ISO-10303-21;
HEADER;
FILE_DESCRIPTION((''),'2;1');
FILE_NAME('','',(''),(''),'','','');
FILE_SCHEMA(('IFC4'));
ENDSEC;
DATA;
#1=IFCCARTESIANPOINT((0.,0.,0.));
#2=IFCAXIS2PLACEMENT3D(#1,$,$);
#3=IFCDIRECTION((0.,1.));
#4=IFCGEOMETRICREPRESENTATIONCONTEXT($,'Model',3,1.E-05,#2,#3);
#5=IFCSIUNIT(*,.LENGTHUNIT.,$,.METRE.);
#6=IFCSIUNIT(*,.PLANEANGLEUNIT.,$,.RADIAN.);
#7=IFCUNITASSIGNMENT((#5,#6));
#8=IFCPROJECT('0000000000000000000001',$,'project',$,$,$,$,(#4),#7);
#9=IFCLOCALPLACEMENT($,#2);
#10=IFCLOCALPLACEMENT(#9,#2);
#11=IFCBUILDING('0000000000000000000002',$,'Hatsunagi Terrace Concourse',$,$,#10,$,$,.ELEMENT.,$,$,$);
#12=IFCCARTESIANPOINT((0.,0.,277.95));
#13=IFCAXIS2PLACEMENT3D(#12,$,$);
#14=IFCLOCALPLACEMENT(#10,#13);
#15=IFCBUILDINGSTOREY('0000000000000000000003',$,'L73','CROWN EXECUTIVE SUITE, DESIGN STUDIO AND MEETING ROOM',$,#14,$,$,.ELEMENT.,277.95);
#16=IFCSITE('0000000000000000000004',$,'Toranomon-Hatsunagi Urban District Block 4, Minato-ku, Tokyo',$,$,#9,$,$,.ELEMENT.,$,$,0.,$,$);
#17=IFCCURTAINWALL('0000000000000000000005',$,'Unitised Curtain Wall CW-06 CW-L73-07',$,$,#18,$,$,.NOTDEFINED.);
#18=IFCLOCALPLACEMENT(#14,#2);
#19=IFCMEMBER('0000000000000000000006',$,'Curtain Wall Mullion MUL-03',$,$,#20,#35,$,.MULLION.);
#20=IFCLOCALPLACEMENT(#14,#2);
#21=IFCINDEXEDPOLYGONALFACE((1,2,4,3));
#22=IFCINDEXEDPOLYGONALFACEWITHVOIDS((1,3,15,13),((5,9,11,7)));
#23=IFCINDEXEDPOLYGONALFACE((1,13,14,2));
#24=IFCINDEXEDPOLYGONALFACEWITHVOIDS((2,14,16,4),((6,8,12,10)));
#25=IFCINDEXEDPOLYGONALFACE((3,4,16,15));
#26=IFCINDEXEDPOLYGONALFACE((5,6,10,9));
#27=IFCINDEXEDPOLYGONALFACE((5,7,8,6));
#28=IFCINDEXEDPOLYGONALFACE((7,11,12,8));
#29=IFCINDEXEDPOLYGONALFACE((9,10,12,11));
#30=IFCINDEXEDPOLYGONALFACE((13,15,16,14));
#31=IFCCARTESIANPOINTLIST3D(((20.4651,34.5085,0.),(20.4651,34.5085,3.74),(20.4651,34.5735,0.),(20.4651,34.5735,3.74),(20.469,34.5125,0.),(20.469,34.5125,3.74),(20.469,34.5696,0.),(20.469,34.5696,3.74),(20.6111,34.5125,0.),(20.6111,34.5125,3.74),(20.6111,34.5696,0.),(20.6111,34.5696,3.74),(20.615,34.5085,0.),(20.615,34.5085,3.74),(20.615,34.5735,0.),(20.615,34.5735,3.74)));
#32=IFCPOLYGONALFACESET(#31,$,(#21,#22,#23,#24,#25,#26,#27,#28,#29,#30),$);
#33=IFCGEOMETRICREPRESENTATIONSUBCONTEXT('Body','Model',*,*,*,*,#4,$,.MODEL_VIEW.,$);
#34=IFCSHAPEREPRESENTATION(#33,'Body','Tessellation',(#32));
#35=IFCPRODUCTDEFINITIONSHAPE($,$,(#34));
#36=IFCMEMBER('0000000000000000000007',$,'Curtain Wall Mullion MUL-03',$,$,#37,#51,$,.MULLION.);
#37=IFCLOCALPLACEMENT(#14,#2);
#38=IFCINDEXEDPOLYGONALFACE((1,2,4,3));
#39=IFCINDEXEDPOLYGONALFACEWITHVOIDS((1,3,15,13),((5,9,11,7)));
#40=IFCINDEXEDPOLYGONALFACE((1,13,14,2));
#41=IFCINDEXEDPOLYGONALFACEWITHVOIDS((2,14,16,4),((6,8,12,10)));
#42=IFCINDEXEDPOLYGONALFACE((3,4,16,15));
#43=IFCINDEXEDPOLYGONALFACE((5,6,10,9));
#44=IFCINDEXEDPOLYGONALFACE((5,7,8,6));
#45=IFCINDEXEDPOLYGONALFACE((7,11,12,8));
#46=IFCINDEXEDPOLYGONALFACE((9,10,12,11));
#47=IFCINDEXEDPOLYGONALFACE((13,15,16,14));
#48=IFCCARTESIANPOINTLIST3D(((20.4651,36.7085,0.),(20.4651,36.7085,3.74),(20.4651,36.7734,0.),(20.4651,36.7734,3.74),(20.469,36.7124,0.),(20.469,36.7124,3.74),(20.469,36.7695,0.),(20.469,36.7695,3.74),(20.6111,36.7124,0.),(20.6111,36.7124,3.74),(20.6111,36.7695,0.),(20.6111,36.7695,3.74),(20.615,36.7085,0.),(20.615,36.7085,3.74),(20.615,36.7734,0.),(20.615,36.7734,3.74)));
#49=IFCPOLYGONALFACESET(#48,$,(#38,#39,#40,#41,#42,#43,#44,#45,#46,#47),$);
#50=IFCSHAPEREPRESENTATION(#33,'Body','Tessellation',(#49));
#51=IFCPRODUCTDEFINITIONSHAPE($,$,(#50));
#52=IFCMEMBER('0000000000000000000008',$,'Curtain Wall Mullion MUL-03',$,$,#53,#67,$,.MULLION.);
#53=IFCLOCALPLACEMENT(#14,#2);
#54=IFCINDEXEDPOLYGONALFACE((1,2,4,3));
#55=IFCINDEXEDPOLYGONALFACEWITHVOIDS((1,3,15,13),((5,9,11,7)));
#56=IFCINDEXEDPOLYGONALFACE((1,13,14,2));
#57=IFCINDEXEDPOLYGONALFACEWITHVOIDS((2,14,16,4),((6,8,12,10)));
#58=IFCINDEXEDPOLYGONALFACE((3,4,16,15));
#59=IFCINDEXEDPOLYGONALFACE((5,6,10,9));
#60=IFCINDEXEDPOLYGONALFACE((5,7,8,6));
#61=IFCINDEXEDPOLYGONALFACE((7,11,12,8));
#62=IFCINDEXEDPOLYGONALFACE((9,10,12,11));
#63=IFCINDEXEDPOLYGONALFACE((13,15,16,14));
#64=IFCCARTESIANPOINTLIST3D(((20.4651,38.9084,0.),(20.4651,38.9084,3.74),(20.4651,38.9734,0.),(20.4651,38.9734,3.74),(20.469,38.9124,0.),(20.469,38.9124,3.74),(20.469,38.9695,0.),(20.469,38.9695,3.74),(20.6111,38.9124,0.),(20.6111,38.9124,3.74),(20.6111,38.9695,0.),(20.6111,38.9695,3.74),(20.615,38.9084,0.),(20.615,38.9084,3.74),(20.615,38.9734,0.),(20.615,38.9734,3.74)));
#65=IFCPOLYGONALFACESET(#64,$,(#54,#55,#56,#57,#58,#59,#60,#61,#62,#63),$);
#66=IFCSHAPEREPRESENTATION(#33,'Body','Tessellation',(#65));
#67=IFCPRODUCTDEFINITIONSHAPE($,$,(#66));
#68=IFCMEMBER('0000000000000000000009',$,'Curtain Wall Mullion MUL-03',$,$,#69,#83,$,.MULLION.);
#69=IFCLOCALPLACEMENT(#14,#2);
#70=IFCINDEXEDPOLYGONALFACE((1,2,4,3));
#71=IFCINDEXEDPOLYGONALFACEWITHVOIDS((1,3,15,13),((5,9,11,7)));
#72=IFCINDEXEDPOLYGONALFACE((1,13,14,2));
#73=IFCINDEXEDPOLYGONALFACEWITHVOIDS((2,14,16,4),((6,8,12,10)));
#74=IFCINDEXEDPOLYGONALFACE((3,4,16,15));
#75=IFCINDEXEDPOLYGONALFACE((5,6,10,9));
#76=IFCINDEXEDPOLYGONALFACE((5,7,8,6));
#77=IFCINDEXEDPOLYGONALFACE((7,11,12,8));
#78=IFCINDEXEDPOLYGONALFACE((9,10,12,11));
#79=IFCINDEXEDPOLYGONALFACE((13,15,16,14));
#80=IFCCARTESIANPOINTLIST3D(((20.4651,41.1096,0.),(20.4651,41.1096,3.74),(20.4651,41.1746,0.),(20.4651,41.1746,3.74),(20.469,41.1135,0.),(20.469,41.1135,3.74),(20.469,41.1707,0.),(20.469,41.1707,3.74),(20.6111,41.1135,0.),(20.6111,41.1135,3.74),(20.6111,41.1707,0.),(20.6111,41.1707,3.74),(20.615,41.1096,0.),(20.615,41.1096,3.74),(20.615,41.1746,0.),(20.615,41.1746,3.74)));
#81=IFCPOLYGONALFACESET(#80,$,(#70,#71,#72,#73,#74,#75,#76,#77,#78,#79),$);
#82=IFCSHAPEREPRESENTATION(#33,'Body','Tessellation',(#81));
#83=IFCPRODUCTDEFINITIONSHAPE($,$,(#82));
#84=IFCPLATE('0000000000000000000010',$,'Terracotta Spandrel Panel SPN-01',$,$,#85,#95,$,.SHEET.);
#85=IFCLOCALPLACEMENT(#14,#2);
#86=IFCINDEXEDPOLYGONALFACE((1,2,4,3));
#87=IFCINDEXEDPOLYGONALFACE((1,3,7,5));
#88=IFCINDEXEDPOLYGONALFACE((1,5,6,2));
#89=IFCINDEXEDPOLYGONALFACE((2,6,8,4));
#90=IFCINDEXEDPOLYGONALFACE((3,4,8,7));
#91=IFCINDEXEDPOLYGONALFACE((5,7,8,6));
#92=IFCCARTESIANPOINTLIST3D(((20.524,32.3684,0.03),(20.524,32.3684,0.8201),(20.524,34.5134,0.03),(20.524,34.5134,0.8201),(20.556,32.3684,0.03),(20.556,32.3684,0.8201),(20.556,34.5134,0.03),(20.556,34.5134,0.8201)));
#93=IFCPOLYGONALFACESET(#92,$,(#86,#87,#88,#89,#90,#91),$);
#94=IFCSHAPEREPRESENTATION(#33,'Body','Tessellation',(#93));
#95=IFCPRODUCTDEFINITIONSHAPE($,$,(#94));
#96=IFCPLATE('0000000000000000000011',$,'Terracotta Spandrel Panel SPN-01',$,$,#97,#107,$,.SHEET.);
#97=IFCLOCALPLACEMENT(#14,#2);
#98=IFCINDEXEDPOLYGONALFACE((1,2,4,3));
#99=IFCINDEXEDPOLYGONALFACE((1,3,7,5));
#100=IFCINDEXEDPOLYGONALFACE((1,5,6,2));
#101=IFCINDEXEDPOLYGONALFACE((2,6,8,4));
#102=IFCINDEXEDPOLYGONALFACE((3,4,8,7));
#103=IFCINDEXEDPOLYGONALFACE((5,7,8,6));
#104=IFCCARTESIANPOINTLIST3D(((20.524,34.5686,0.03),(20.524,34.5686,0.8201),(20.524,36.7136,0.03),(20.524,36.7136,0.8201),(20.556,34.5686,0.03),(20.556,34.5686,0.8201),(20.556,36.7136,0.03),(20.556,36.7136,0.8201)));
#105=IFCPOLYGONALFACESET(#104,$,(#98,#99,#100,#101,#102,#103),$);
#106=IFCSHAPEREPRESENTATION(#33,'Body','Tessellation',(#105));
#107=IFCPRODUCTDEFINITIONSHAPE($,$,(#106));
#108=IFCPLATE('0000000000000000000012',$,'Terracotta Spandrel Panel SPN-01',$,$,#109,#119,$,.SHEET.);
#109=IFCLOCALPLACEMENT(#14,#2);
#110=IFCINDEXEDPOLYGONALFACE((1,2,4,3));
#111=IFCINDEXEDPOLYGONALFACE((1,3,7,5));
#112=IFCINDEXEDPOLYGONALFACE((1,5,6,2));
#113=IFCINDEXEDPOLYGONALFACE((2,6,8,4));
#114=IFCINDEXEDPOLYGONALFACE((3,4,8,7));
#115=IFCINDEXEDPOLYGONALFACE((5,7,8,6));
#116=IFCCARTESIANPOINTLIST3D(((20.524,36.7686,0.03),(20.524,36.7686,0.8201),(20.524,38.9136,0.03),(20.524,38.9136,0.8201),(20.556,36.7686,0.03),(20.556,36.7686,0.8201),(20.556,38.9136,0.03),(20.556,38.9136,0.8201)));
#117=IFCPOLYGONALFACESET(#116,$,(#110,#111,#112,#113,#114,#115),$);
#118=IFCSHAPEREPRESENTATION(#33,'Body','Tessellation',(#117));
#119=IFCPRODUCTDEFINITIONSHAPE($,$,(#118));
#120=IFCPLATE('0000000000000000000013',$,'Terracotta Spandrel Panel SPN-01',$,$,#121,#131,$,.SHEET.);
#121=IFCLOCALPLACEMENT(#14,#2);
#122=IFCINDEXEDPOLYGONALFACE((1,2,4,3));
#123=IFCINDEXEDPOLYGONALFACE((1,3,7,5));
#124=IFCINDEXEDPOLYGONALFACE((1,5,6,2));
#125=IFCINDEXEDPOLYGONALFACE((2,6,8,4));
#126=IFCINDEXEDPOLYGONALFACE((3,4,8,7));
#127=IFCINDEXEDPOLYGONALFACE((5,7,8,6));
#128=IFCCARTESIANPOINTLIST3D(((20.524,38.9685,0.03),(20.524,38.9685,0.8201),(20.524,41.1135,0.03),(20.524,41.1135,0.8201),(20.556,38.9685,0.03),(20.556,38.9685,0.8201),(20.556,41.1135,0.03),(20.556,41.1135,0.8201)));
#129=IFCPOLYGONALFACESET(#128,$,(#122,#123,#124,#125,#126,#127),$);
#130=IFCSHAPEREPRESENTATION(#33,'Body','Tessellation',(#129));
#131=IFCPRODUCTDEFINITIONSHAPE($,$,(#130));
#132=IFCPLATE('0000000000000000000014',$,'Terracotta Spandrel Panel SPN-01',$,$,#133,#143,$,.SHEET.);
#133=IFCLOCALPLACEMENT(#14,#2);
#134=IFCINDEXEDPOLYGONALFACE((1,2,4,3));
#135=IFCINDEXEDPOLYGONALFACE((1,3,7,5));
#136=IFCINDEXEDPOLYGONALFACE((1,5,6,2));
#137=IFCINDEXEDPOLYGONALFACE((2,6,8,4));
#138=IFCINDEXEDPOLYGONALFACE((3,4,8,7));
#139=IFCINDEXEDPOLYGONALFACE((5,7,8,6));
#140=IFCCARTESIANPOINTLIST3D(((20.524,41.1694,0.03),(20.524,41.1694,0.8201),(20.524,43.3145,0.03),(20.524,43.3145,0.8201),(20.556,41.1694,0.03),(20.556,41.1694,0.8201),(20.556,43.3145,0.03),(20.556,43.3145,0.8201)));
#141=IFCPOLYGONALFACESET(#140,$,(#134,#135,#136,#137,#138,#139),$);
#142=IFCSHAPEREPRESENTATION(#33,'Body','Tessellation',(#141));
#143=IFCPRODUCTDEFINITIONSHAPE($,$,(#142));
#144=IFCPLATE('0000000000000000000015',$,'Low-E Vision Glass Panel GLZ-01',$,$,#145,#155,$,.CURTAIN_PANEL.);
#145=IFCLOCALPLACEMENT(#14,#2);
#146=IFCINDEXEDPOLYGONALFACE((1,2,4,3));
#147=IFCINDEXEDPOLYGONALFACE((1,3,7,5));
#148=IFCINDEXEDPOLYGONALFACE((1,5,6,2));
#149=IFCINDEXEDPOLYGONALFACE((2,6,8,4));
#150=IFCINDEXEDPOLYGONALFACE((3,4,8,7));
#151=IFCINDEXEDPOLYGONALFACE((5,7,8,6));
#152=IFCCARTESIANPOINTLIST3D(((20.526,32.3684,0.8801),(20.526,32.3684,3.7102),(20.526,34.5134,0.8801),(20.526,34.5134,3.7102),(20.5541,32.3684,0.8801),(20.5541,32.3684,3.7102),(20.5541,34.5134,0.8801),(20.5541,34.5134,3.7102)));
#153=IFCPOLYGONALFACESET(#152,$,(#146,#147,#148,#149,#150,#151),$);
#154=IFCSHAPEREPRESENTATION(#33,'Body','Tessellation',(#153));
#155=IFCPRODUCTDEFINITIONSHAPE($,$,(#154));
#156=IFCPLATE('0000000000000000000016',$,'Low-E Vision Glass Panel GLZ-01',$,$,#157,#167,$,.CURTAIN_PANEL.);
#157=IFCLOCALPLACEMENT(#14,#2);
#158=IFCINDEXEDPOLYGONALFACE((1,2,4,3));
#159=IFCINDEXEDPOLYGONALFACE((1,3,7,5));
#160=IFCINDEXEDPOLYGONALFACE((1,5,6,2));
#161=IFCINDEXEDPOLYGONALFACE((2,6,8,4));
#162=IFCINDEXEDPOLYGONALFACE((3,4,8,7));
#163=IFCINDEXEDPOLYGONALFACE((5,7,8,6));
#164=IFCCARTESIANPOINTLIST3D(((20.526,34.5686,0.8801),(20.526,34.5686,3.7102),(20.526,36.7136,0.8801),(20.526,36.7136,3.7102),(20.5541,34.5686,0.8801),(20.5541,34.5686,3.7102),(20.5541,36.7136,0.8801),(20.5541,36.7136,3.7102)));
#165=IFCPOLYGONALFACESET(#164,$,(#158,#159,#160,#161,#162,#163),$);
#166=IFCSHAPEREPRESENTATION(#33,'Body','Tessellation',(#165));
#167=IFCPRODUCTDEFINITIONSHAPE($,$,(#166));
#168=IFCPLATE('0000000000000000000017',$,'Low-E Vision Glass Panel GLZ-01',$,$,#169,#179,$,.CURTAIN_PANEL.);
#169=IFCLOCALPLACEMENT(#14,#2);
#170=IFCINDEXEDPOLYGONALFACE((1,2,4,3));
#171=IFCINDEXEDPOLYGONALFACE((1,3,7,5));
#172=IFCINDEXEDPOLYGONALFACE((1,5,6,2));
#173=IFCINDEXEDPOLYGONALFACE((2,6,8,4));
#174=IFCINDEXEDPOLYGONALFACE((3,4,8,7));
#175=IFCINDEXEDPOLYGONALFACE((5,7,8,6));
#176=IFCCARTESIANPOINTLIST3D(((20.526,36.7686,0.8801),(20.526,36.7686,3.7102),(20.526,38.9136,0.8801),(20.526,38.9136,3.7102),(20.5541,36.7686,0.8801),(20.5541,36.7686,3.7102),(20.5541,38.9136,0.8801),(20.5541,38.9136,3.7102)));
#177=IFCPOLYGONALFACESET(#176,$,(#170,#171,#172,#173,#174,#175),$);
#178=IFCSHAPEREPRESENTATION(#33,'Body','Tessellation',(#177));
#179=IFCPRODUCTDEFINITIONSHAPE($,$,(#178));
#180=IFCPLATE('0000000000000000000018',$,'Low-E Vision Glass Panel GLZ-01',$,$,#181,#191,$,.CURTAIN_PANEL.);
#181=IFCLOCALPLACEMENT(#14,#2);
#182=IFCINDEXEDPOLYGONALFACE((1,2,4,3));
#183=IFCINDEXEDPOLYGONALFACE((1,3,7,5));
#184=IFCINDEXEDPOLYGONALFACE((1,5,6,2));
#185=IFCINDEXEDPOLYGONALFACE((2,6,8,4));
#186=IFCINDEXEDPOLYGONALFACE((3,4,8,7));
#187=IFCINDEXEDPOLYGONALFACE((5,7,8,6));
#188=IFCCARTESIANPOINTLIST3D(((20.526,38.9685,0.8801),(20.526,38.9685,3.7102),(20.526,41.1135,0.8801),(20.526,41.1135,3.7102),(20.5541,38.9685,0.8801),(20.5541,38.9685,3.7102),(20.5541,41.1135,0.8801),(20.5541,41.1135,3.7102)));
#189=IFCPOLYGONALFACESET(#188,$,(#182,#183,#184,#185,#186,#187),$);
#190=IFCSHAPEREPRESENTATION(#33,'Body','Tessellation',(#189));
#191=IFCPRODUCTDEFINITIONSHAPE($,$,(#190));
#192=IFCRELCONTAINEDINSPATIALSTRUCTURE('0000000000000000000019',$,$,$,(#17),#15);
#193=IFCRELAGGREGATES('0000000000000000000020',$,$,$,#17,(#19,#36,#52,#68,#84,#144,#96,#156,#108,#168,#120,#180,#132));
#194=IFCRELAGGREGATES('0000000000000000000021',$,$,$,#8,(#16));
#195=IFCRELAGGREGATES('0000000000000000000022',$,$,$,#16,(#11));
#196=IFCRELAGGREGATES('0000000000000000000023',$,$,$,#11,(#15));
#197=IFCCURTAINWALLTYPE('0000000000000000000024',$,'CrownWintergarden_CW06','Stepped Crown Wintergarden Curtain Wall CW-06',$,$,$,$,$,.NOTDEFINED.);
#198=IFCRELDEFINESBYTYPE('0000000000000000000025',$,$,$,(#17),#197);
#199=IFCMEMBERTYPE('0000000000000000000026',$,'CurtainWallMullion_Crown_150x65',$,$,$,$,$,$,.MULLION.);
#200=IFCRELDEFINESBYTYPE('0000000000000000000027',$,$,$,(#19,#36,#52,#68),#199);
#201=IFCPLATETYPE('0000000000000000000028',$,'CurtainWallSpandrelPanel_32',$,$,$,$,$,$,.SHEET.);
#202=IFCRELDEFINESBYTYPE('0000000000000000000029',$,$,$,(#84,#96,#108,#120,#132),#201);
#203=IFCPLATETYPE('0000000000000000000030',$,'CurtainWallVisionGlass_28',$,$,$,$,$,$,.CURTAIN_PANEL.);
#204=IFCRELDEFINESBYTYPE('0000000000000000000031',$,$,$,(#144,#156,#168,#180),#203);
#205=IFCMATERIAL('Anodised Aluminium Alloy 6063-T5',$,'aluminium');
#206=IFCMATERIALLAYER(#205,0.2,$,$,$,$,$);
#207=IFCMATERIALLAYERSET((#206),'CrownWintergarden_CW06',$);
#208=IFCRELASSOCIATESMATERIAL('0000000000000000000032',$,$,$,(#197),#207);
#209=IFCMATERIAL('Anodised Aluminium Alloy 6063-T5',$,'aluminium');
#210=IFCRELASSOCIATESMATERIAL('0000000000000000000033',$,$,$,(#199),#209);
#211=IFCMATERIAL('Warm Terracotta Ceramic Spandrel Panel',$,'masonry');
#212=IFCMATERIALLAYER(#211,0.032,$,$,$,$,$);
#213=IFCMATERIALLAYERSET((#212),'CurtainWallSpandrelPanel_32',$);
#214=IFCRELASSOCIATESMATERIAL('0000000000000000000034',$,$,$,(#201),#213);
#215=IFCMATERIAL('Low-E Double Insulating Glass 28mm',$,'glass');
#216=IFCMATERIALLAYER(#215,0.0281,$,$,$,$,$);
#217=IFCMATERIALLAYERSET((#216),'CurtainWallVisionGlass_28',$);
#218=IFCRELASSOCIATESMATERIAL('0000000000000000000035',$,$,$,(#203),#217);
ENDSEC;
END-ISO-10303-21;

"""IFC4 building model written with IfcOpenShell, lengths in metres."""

from ifc_helpers import new_model, si_unit, direction, frame, origin, origin_2d, place, context, subcontext, project, spatial, rectangle, hollow_rectangle, extrude, material, layer, layer_set, material_profile, profile_set, type_object, element, aggregate, save


model = new_model("IFC4")

# Units and contexts
model_context = context("Model", 3, precision=1e-05, world=origin(), true_north=direction((0.0, 1.0)))
body_context = subcontext(model_context, "Body", "Model", "MODEL_VIEW")
ifc_project = project(units=[si_unit("LENGTHUNIT", "METRE"), si_unit("PLANEANGLEUNIT", "RADIAN")], contexts=[model_context])

# Site, building, storey
site_placement = place(None, origin())
site = spatial("IfcSite", under=ifc_project, at=site_placement, Name="Toranomon-Hatsunagi Urban District Block 4, Minato-ku, Tokyo", CompositionType="ELEMENT", RefElevation=0.0)
building_placement = place(site_placement, origin())
building = spatial("IfcBuilding", under=site, at=building_placement, Name="Hatsunagi Terrace Concourse", CompositionType="ELEMENT")
storey_placement = place(building_placement, frame((0.0, 0.0, 277.95)))
storey = spatial("IfcBuildingStorey", under=building, at=storey_placement, Name="L73", Description="CROWN EXECUTIVE SUITE, DESIGN STUDIO AND MEETING ROOM", CompositionType="ELEMENT", Elevation=277.95)

# Curtain wall, members, plates
ifc_material_1 = material(Name="Anodised Aluminium Alloy 6063-T5", Category="aluminium")
ifc_layer_1 = layer(ifc_material_1, 0.2)
ifc_layer_set_1 = layer_set([ifc_layer_1], Name="CrownWintergarden_CW06")
curtain_wall_type = type_object("IfcCurtainWallType", Name="CrownWintergarden_CW06", Description="Stepped Crown Wintergarden Curtain Wall CW-06", PredefinedType="NOTDEFINED", material=ifc_layer_set_1)
curtain_wall_placement = place(storey_placement, origin())
curtain_wall = element("IfcCurtainWall", 1, at=curtain_wall_placement, inside=storey, type_object=curtain_wall_type, Name="Unitised Curtain Wall CW-06 CW-L73-07", PredefinedType="NOTDEFINED")
ifc_material_2 = material(Name="Anodised Aluminium Alloy 6063-T5", Category="aluminium")
ifc_material_profile = material_profile(ifc_material_2, hollow_rectangle(XDim=0.0649, YDim=0.1499, WallThickness=0.0039, at=origin_2d()), Name="ALU-MUL-150x65x4")
ifc_profile_set = profile_set([ifc_material_profile], Name="Anodised Aluminium Alloy 6063-T5")
member_type = type_object("IfcMemberType", Name="CurtainWallMullion_Crown_150x65", PredefinedType="MULLION", material=ifc_profile_set)
member_1_placement = place(storey_placement, frame((20.54, 34.541, 0.0), z_axis=(0.0, 0.0, 1.0), x_axis=(0.0, 1.0, 0.0)))
member_1 = element("IfcMember", 2, at=member_1_placement, type_object=member_type, Name="Curtain Wall Mullion MUL-03", PredefinedType="MULLION", context=body_context, shape_type="SweptSolid", body=[
    extrude(hollow_rectangle(XDim=0.0649, YDim=0.1499, WallThickness=0.0039, at=origin_2d()), origin(), (0.0, 0.0, 1.0), 3.74),
])
member_2_placement = place(storey_placement, frame((20.54, 36.741, 0.0), z_axis=(0.0, 0.0, 1.0), x_axis=(0.0, 1.0, 0.0)))
member_2 = element("IfcMember", 3, at=member_2_placement, type_object=member_type, Name="Curtain Wall Mullion MUL-03", PredefinedType="MULLION", context=body_context, shape_type="SweptSolid", body=[
    extrude(hollow_rectangle(XDim=0.0649, YDim=0.1499, WallThickness=0.0039, at=origin_2d()), origin(), (0.0, 0.0, 1.0), 3.74),
])
member_3_placement = place(storey_placement, frame((20.54, 38.9409, 0.0), z_axis=(0.0, 0.0, 1.0), x_axis=(0.0, 1.0, 0.0)))
member_3 = element("IfcMember", 4, at=member_3_placement, type_object=member_type, Name="Curtain Wall Mullion MUL-03", PredefinedType="MULLION", context=body_context, shape_type="SweptSolid", body=[
    extrude(hollow_rectangle(XDim=0.0649, YDim=0.1499, WallThickness=0.0039, at=origin_2d()), origin(), (0.0, 0.0, 1.0), 3.74),
])
member_4_placement = place(storey_placement, frame((20.54, 41.1421, 0.0), z_axis=(0.0, 0.0, 1.0), x_axis=(0.0, 1.0, 0.0)))
member_4 = element("IfcMember", 5, at=member_4_placement, type_object=member_type, Name="Curtain Wall Mullion MUL-03", PredefinedType="MULLION", context=body_context, shape_type="SweptSolid", body=[
    extrude(hollow_rectangle(XDim=0.0649, YDim=0.1499, WallThickness=0.0039, at=origin_2d()), origin(), (0.0, 0.0, 1.0), 3.74),
])
ifc_material_3 = material(Name="Warm Terracotta Ceramic Spandrel Panel", Category="masonry")
ifc_layer_2 = layer(ifc_material_3, 0.032)
ifc_layer_set_2 = layer_set([ifc_layer_2], Name="CurtainWallSpandrelPanel_32")
plate_type_1 = type_object("IfcPlateType", Name="CurtainWallSpandrelPanel_32", PredefinedType="SHEET", material=ifc_layer_set_2)
plate_1_placement = place(storey_placement, frame((20.54, 33.4409, 0.03), z_axis=(0.0, 0.0, 1.0), x_axis=(0.0, 1.0, 0.0)))
plate_1 = element("IfcPlate", 6, at=plate_1_placement, type_object=plate_type_1, Name="Terracotta Spandrel Panel SPN-01", PredefinedType="SHEET", context=body_context, shape_type="SweptSolid", body=[
    extrude(rectangle(XDim=2.145, YDim=0.032, at=origin_2d()), origin(), (0.0, 0.0, 1.0), 0.79),
])
plate_2_placement = place(storey_placement, frame((20.54, 35.6411, 0.03), z_axis=(0.0, 0.0, 1.0), x_axis=(0.0, 1.0, 0.0)))
plate_2 = element("IfcPlate", 7, at=plate_2_placement, type_object=plate_type_1, Name="Terracotta Spandrel Panel SPN-01", PredefinedType="SHEET", context=body_context, shape_type="SweptSolid", body=[
    extrude(rectangle(XDim=2.145, YDim=0.032, at=origin_2d()), origin(), (0.0, 0.0, 1.0), 0.79),
])
plate_3_placement = place(storey_placement, frame((20.54, 37.8411, 0.03), z_axis=(0.0, 0.0, 1.0), x_axis=(0.0, 1.0, 0.0)))
plate_3 = element("IfcPlate", 8, at=plate_3_placement, type_object=plate_type_1, Name="Terracotta Spandrel Panel SPN-01", PredefinedType="SHEET", context=body_context, shape_type="SweptSolid", body=[
    extrude(rectangle(XDim=2.145, YDim=0.032, at=origin_2d()), origin(), (0.0, 0.0, 1.0), 0.79),
])
plate_4_placement = place(storey_placement, frame((20.54, 40.041, 0.03), z_axis=(0.0, 0.0, 1.0), x_axis=(0.0, 1.0, 0.0)))
plate_4 = element("IfcPlate", 9, at=plate_4_placement, type_object=plate_type_1, Name="Terracotta Spandrel Panel SPN-01", PredefinedType="SHEET", context=body_context, shape_type="SweptSolid", body=[
    extrude(rectangle(XDim=2.145, YDim=0.032, at=origin_2d()), origin(), (0.0, 0.0, 1.0), 0.79),
])
plate_5_placement = place(storey_placement, frame((20.54, 42.2419, 0.03), z_axis=(0.0, 0.0, 1.0), x_axis=(0.0, 1.0, 0.0)))
plate_5 = element("IfcPlate", 10, at=plate_5_placement, type_object=plate_type_1, Name="Terracotta Spandrel Panel SPN-01", PredefinedType="SHEET", context=body_context, shape_type="SweptSolid", body=[
    extrude(rectangle(XDim=2.145, YDim=0.032, at=origin_2d()), origin(), (0.0, 0.0, 1.0), 0.79),
])
ifc_material_4 = material(Name="Low-E Double Insulating Glass 28mm", Category="glass")
ifc_layer_3 = layer(ifc_material_4, 0.0281)
ifc_layer_set_3 = layer_set([ifc_layer_3], Name="CurtainWallVisionGlass_28")
plate_type_2 = type_object("IfcPlateType", Name="CurtainWallVisionGlass_28", PredefinedType="CURTAIN_PANEL", material=ifc_layer_set_3)
plate_6_placement = place(storey_placement, frame((20.54, 33.4409, 0.8801), z_axis=(0.0, 0.0, 1.0), x_axis=(0.0, 1.0, 0.0)))
plate_6 = element("IfcPlate", 11, at=plate_6_placement, type_object=plate_type_2, Name="Low-E Vision Glass Panel GLZ-01", PredefinedType="CURTAIN_PANEL", context=body_context, shape_type="SweptSolid", body=[
    extrude(rectangle(XDim=2.145, YDim=0.0281, at=origin_2d()), origin(), (0.0, 0.0, 1.0), 2.8301),
])
plate_7_placement = place(storey_placement, frame((20.54, 35.6411, 0.8801), z_axis=(0.0, 0.0, 1.0), x_axis=(0.0, 1.0, 0.0)))
plate_7 = element("IfcPlate", 12, at=plate_7_placement, type_object=plate_type_2, Name="Low-E Vision Glass Panel GLZ-01", PredefinedType="CURTAIN_PANEL", context=body_context, shape_type="SweptSolid", body=[
    extrude(rectangle(XDim=2.145, YDim=0.0281, at=origin_2d()), origin(), (0.0, 0.0, 1.0), 2.8301),
])
plate_8_placement = place(storey_placement, frame((20.54, 37.8411, 0.8801), z_axis=(0.0, 0.0, 1.0), x_axis=(0.0, 1.0, 0.0)))
plate_8 = element("IfcPlate", 13, at=plate_8_placement, type_object=plate_type_2, Name="Low-E Vision Glass Panel GLZ-01", PredefinedType="CURTAIN_PANEL", context=body_context, shape_type="SweptSolid", body=[
    extrude(rectangle(XDim=2.145, YDim=0.0281, at=origin_2d()), origin(), (0.0, 0.0, 1.0), 2.8301),
])
plate_9_placement = place(storey_placement, frame((20.54, 40.041, 0.8801), z_axis=(0.0, 0.0, 1.0), x_axis=(0.0, 1.0, 0.0)))
plate_9 = element("IfcPlate", 14, at=plate_9_placement, type_object=plate_type_2, Name="Low-E Vision Glass Panel GLZ-01", PredefinedType="CURTAIN_PANEL", context=body_context, shape_type="SweptSolid", body=[
    extrude(rectangle(XDim=2.145, YDim=0.0281, at=origin_2d()), origin(), (0.0, 0.0, 1.0), 2.8301),
])
aggregate(curtain_wall, [member_1, member_2, member_3, member_4, plate_1, plate_6, plate_2, plate_7, plate_3, plate_8, plate_4, plate_9, plate_5])

save(model, "model.ifc")
